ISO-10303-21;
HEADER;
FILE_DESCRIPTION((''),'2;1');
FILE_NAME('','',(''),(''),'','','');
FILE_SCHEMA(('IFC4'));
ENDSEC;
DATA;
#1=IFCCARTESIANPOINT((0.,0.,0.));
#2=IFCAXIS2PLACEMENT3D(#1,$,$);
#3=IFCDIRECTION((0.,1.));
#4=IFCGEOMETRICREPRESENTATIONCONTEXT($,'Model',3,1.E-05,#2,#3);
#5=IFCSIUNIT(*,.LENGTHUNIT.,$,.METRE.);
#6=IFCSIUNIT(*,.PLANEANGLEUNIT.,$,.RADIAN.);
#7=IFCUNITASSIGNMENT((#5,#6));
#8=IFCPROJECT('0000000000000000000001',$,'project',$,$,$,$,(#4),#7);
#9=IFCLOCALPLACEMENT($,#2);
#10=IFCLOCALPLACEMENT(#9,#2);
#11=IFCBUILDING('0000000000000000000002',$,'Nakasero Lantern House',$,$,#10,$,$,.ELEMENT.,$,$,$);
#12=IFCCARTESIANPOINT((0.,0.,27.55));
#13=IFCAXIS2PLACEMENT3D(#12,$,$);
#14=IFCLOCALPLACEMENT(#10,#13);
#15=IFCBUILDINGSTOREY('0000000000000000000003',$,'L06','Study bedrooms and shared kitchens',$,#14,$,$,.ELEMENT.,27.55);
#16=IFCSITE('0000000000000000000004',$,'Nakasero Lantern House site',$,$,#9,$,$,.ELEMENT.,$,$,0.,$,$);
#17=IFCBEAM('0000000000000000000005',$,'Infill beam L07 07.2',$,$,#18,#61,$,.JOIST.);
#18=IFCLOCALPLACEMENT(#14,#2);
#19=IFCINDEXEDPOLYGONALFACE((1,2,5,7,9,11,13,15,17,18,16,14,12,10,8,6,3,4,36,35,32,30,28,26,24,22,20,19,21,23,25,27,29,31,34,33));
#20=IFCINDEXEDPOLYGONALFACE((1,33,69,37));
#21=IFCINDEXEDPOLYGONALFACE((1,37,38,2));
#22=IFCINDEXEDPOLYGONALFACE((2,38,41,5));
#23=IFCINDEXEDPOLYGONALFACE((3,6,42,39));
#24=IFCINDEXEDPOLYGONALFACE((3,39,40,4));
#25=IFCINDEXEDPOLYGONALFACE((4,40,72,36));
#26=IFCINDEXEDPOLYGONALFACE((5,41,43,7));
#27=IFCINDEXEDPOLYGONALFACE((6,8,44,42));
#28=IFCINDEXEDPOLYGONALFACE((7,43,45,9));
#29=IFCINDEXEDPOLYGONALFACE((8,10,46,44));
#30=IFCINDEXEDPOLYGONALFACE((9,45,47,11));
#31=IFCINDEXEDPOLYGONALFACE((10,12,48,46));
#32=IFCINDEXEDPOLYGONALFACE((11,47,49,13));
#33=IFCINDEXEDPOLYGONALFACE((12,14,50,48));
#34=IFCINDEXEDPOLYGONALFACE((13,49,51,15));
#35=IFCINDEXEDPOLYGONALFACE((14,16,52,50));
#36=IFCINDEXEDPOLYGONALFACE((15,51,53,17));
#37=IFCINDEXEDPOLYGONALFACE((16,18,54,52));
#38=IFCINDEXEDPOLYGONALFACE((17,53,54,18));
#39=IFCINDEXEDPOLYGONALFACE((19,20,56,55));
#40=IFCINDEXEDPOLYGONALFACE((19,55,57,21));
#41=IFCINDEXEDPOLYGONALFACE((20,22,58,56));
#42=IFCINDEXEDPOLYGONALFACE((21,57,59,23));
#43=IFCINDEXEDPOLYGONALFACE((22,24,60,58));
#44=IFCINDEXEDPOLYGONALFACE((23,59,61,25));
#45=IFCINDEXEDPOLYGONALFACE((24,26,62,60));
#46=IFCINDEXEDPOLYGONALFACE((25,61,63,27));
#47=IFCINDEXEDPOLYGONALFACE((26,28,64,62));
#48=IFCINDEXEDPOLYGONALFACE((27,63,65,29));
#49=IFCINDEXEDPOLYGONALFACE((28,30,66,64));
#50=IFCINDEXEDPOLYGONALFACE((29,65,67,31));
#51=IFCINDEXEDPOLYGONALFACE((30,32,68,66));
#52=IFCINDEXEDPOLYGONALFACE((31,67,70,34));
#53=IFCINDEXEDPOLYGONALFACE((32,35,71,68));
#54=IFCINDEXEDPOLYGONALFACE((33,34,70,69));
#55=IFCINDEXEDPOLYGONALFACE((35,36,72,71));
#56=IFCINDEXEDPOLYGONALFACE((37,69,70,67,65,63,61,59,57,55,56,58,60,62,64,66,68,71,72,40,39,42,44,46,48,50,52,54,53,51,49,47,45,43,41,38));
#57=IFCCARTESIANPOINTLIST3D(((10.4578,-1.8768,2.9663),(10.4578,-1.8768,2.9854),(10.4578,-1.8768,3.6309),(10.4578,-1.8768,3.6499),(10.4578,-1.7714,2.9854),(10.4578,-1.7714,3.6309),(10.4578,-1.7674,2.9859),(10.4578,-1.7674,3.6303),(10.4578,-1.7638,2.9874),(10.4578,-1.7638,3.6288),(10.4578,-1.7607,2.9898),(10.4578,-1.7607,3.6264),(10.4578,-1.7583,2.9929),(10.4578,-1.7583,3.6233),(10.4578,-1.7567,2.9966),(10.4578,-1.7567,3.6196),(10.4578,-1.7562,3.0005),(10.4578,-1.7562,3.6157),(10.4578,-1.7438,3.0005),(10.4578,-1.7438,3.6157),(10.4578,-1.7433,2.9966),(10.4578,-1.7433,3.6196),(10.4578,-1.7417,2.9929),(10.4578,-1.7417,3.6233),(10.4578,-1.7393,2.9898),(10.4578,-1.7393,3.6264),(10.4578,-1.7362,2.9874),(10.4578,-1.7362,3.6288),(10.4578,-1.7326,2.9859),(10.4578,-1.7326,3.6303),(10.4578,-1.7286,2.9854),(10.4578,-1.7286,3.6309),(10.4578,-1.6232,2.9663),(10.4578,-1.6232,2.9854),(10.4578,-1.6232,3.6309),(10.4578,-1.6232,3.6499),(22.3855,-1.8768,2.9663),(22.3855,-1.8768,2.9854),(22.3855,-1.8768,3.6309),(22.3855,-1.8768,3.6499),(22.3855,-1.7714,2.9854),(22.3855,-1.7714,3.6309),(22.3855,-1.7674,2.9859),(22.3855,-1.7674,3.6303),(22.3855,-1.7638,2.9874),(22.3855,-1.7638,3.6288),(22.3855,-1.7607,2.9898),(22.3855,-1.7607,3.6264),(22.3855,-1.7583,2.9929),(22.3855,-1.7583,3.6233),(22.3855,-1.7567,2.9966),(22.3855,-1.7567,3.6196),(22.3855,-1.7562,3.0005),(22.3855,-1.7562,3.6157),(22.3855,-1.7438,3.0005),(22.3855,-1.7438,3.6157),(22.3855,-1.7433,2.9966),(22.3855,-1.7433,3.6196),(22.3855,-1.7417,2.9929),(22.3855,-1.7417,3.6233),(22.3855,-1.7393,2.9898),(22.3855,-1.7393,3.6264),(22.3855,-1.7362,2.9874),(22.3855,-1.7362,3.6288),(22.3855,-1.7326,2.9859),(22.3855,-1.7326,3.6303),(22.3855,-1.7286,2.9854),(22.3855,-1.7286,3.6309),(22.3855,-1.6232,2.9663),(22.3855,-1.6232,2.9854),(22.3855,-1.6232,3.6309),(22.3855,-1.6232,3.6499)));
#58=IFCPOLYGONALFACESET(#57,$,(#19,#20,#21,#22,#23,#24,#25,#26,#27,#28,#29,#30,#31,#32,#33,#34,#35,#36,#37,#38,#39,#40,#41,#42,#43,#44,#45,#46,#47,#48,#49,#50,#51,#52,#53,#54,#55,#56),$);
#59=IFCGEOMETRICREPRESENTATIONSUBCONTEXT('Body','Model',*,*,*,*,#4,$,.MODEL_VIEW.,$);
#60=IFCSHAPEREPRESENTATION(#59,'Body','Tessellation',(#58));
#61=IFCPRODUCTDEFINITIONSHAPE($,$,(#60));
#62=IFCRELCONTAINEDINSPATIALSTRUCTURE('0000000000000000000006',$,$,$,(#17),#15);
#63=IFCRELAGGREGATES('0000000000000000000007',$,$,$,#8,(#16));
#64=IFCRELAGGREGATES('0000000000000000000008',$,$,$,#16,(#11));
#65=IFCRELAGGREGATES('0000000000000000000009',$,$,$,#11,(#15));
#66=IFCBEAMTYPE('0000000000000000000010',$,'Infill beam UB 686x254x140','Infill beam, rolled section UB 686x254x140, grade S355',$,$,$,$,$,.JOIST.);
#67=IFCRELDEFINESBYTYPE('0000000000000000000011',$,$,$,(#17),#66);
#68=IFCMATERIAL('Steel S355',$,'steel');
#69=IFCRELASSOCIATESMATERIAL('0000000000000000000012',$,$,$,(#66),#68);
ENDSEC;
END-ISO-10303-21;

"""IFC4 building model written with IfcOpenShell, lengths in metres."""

from ifc_helpers import new_model, si_unit, direction, frame, origin, origin_2d, place, context, subcontext, project, spatial, i_section, extrude, material, material_profile, profile_set, type_object, element, save


model = new_model("IFC4")

# Units and contexts
model_context = context("Model", 3, precision=1e-05, world=origin(), true_north=direction((0.0, 1.0)))
body_context = subcontext(model_context, "Body", "Model", "MODEL_VIEW")
ifc_project = project(units=[si_unit("LENGTHUNIT", "METRE"), si_unit("PLANEANGLEUNIT", "RADIAN")], contexts=[model_context])

# Site, building, storey
site_placement = place(None, origin())
site = spatial("IfcSite", under=ifc_project, at=site_placement, Name="Nakasero Lantern House site", CompositionType="ELEMENT", RefElevation=0.0)
building_placement = place(site_placement, origin())
building = spatial("IfcBuilding", under=site, at=building_placement, Name="Nakasero Lantern House", CompositionType="ELEMENT")
storey_placement = place(building_placement, frame((0.0, 0.0, 27.55)))
storey = spatial("IfcBuildingStorey", under=building, at=storey_placement, Name="L06", Description="Study bedrooms and shared kitchens", CompositionType="ELEMENT", Elevation=27.55)

# Beam
ifc_material_1 = material(Name="Steel S355", Category="steel")
ifc_material_profile_1 = material_profile(ifc_material_1, i_section(OverallWidth=0.2537, OverallDepth=0.6836, WebThickness=0.0125, FlangeThickness=0.019, FilletRadius=0.0151, at=origin_2d()), Name="UB 686x254x140")
ifc_profile_set_1 = profile_set([ifc_material_profile_1], Name="Steel S355")
beam_type_1 = type_object("IfcBeamType", Name="Infill beam UB 686x254x140", Description="Infill beam, rolled section UB 686x254x140, grade S355", PredefinedType="JOIST", material=ifc_profile_set_1)
beam_1_placement = place(storey_placement, frame((10.4578, -1.75, 3.3081), z_axis=(1.0, 0.0, 0.0), x_axis=(0.0, 1.0, 0.0)))
element("IfcBeam", 1, at=beam_1_placement, inside=storey, type_object=beam_type_1, Name="Infill beam L07 07.2", PredefinedType="JOIST", context=body_context, shape_type="SweptSolid", body=[
    extrude(i_section(OverallWidth=0.2537, OverallDepth=0.6836, WebThickness=0.0125, FlangeThickness=0.019, FilletRadius=0.0151, at=origin_2d()), origin(), (0.0, 0.0, 1.0), 11.9277),
])

save(model, "model.ifc")
